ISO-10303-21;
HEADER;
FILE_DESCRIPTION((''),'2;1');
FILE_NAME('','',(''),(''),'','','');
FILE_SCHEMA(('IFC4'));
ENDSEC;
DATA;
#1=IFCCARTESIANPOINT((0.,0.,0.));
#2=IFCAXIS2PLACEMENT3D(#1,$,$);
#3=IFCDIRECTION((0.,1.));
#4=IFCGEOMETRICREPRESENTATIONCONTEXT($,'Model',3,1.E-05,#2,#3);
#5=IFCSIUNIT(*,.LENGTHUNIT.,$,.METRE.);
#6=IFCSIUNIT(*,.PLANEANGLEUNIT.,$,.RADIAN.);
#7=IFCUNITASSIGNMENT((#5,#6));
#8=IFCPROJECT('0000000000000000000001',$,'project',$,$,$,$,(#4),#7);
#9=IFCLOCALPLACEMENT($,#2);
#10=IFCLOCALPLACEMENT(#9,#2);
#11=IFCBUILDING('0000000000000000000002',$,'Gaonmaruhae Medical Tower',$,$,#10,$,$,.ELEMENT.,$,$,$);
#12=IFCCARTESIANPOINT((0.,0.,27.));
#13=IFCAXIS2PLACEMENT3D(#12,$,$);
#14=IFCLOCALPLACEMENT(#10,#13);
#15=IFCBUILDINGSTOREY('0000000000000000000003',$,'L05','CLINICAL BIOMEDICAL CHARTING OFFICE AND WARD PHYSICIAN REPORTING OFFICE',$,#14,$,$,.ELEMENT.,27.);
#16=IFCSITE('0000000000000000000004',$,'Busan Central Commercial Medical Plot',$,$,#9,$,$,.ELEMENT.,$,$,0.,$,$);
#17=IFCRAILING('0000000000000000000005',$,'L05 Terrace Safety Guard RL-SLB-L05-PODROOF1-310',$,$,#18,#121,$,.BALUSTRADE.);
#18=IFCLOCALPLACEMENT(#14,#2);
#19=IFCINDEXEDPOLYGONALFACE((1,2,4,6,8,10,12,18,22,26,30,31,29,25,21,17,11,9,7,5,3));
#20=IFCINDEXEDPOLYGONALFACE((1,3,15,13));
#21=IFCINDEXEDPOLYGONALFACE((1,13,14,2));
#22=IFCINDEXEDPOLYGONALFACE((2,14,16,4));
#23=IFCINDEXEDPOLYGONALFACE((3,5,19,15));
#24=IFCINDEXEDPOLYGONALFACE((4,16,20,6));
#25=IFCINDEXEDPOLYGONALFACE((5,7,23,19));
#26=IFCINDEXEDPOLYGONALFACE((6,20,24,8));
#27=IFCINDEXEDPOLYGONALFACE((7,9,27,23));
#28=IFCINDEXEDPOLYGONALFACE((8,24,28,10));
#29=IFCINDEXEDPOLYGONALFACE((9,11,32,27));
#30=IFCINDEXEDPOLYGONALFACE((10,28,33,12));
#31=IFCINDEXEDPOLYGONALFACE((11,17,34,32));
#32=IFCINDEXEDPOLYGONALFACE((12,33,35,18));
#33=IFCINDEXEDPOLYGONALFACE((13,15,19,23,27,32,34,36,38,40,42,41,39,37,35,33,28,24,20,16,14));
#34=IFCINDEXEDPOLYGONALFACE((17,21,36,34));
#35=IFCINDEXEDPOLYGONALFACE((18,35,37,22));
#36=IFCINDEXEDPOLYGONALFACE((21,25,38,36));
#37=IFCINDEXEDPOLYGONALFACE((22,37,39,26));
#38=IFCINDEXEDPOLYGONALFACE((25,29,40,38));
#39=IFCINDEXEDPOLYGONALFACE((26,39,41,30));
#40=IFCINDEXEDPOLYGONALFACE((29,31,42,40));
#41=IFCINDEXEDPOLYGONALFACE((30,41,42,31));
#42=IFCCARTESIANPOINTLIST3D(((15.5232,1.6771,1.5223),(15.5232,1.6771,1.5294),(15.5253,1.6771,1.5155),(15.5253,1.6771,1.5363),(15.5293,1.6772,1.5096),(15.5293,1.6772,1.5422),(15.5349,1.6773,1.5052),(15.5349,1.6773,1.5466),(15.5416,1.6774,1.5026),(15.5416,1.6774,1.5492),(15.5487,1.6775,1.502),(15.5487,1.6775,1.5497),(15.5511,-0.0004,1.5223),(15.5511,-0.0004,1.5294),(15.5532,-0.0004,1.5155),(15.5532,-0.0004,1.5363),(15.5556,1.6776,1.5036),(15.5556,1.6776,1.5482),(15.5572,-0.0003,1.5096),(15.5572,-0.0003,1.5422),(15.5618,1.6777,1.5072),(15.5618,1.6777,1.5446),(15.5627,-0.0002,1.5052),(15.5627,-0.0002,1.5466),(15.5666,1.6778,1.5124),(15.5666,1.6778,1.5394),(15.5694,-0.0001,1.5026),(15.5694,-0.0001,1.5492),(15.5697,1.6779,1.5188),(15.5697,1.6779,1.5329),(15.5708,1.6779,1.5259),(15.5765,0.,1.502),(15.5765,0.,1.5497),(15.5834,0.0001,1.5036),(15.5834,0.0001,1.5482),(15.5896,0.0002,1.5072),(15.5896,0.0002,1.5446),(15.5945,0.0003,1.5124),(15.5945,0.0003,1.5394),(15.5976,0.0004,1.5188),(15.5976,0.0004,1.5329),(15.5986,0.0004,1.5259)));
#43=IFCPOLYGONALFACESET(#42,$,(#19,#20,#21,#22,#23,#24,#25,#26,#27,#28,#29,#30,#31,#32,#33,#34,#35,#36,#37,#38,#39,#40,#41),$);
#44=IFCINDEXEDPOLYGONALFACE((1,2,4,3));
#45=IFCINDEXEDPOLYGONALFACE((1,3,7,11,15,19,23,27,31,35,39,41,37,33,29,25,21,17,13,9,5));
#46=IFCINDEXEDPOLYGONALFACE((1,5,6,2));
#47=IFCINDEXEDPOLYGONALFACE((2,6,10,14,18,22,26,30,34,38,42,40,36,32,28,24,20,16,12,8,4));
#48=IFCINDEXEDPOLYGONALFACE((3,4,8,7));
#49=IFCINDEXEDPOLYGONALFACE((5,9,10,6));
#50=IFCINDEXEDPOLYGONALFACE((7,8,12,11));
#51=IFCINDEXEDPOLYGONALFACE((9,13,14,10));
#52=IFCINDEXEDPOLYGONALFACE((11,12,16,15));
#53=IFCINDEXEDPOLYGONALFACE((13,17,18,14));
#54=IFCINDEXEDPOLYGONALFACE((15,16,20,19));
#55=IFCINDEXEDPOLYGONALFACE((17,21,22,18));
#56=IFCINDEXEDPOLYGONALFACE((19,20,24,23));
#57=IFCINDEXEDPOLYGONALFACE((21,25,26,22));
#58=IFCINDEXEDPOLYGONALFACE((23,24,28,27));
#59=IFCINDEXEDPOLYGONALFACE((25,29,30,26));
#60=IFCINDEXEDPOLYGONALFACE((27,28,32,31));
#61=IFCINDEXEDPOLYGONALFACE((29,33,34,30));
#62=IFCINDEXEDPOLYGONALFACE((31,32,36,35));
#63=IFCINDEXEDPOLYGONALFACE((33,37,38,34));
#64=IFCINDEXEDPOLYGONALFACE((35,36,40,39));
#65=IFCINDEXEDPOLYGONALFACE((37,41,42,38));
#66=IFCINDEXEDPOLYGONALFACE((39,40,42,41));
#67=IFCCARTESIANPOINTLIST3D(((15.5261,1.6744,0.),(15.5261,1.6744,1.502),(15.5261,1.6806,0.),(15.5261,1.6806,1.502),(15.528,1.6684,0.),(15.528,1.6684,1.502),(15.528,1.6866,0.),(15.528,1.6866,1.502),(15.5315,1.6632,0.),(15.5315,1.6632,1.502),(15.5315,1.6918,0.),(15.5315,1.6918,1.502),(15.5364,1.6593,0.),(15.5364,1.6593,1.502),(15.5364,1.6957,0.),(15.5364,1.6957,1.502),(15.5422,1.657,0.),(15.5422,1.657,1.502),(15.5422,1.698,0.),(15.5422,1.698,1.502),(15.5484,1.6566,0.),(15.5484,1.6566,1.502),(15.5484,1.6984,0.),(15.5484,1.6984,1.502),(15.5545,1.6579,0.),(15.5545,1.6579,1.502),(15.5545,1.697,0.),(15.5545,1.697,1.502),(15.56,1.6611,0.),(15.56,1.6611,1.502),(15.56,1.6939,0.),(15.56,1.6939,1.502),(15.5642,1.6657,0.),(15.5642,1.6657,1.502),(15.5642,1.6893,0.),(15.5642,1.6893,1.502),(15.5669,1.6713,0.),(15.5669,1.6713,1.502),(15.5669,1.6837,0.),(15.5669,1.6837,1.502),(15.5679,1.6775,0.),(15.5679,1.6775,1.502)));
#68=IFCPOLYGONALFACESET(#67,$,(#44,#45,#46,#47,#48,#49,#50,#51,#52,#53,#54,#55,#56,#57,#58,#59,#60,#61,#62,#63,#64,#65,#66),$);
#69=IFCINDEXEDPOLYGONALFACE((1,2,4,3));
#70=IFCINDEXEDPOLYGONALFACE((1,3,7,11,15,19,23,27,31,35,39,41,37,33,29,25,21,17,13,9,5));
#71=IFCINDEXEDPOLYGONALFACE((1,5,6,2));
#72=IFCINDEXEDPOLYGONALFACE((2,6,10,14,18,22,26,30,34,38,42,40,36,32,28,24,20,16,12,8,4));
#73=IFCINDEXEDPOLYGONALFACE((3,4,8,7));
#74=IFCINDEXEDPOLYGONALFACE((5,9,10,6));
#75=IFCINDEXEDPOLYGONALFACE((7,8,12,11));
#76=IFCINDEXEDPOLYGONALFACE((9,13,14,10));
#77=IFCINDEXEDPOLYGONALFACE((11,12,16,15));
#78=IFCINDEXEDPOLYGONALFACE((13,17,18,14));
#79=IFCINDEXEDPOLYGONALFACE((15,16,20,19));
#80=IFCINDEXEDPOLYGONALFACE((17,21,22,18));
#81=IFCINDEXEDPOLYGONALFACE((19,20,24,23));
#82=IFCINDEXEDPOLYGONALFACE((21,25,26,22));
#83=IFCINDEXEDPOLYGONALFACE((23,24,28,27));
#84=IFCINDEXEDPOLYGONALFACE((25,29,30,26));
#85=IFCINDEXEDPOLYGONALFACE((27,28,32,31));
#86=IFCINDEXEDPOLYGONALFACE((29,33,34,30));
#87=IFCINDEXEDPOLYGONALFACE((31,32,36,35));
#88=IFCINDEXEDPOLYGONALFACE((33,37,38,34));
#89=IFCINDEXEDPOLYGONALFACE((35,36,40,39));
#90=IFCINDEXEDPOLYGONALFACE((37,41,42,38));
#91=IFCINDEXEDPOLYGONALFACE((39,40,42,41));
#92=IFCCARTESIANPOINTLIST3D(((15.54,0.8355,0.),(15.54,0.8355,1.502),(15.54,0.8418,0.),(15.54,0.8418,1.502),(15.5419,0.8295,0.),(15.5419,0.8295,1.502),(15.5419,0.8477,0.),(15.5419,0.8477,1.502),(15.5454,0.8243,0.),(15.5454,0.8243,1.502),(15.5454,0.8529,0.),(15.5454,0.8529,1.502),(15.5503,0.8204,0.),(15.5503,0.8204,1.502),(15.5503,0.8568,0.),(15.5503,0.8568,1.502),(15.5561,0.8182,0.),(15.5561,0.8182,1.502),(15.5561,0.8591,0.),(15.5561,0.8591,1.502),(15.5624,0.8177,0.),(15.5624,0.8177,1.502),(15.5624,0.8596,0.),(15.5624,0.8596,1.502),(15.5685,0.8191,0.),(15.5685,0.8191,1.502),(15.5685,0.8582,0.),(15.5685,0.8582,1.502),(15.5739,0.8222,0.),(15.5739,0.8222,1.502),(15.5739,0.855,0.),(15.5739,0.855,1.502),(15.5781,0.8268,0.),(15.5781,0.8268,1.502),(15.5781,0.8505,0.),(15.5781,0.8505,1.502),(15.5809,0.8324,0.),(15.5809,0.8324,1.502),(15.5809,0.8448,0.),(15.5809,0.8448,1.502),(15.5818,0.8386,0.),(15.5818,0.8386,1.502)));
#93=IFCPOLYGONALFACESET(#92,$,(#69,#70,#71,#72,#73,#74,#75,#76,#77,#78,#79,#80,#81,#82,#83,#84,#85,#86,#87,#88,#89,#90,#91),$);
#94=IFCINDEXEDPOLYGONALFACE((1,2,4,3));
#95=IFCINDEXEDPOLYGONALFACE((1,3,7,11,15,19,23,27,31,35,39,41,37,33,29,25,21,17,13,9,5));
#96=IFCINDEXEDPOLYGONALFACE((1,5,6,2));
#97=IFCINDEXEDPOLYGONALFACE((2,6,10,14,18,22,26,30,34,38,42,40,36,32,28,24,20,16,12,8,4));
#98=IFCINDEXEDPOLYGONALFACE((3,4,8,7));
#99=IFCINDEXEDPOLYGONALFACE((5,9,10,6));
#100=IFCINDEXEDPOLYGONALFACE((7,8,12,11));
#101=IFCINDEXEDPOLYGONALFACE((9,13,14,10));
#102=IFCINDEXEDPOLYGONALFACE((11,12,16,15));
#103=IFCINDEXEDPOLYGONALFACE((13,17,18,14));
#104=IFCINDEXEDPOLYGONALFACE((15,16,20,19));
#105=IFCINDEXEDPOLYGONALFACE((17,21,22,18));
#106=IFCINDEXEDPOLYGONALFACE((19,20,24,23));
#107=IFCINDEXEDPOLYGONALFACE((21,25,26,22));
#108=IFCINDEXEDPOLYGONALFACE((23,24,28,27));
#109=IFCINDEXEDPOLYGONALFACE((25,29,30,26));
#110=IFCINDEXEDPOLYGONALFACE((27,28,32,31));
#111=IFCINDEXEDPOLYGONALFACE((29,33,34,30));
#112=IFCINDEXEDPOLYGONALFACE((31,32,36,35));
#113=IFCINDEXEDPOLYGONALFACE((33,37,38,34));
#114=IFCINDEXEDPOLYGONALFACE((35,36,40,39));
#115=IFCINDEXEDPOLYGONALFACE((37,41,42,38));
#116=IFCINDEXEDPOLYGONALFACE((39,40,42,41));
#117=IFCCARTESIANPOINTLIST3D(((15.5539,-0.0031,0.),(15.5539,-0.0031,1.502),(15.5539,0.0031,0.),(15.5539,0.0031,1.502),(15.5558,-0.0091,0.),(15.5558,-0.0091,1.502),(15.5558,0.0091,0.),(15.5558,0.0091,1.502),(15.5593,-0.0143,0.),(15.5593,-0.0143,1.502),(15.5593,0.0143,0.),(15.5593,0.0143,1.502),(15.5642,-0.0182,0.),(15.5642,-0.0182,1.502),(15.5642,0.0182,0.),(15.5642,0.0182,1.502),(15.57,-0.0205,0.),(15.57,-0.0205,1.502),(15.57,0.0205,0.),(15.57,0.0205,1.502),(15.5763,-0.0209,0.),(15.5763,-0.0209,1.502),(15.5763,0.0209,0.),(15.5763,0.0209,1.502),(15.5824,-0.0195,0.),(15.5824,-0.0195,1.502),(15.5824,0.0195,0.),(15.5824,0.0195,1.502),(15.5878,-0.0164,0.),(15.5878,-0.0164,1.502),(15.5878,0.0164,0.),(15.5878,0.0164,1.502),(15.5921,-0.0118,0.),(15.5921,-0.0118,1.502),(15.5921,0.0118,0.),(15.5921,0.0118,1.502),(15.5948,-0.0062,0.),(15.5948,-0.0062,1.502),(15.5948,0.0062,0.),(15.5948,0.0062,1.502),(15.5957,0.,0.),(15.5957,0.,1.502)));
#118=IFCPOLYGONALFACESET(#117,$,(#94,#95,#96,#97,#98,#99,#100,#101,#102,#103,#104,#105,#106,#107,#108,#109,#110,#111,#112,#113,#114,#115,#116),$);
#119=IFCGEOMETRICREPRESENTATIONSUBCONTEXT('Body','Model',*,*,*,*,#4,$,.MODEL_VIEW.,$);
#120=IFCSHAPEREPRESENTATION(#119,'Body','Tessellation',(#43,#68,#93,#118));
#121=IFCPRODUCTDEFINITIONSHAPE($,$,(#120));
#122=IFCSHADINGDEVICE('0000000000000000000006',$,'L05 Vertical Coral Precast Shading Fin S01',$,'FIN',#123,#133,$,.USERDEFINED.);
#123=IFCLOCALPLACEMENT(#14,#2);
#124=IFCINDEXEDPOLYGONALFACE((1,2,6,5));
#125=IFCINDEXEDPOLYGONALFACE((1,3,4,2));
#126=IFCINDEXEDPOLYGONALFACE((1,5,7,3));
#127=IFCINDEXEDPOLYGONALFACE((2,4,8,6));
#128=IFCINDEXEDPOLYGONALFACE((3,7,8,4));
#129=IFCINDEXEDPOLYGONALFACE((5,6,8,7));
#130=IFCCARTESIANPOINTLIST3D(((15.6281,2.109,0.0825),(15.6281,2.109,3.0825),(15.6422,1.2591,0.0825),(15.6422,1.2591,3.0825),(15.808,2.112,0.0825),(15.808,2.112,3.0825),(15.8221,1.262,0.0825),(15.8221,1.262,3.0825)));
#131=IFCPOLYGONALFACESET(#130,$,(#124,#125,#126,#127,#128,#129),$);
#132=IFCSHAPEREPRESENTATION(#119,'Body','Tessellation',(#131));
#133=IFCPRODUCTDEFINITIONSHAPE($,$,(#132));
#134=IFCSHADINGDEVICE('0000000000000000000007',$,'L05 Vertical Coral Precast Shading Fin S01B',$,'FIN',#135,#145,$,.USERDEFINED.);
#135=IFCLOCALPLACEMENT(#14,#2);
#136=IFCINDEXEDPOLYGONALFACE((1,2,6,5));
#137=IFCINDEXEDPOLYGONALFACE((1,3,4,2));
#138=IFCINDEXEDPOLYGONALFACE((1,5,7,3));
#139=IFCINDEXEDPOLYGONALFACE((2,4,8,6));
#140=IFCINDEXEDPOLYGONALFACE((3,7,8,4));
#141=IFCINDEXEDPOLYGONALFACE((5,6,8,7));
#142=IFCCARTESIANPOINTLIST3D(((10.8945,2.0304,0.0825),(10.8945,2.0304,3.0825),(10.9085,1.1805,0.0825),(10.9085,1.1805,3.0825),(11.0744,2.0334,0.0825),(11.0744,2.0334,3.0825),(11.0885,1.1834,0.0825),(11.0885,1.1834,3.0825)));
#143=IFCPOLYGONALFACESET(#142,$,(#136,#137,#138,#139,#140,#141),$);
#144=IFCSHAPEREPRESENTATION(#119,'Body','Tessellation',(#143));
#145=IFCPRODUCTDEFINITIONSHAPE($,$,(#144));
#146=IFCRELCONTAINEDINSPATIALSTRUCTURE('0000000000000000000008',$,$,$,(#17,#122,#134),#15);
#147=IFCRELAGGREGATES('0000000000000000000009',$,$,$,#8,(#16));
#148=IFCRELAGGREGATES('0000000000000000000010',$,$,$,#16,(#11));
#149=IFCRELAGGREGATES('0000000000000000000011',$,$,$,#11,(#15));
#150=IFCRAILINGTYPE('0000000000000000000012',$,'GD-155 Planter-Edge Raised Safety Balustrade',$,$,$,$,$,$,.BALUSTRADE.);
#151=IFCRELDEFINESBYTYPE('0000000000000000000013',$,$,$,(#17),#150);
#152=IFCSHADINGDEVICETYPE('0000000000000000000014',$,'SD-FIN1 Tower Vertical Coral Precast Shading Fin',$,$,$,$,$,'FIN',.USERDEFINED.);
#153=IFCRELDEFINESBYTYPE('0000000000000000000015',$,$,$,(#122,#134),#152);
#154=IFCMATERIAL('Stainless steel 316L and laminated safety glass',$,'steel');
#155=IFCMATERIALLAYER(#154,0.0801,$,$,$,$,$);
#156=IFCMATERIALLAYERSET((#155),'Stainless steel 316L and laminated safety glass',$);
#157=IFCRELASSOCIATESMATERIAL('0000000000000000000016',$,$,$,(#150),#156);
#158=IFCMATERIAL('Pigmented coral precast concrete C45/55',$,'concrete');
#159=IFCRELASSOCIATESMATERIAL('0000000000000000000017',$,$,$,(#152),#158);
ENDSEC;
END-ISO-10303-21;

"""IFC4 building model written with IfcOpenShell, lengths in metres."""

from ifc_helpers import new_model, si_unit, direction, frame, origin, origin_2d, place, context, subcontext, project, spatial, rectangle, circle, extrude, material, layer, layer_set, type_object, element, save


model = new_model("IFC4")

# Units and contexts
model_context = context("Model", 3, precision=1e-05, world=origin(), true_north=direction((0.0, 1.0)))
body_context = subcontext(model_context, "Body", "Model", "MODEL_VIEW")
ifc_project = project(units=[si_unit("LENGTHUNIT", "METRE"), si_unit("PLANEANGLEUNIT", "RADIAN")], contexts=[model_context])

# Site, building, storey
site_placement = place(None, origin())
site = spatial("IfcSite", under=ifc_project, at=site_placement, Name="Busan Central Commercial Medical Plot", CompositionType="ELEMENT", RefElevation=0.0)
building_placement = place(site_placement, origin())
building = spatial("IfcBuilding", under=site, at=building_placement, Name="Gaonmaruhae Medical Tower", CompositionType="ELEMENT")
storey_placement = place(building_placement, frame((0.0, 0.0, 27.0)))
storey = spatial("IfcBuildingStorey", under=building, at=storey_placement, Name="L05", Description="CLINICAL BIOMEDICAL CHARTING OFFICE AND WARD PHYSICIAN REPORTING OFFICE", CompositionType="ELEMENT", Elevation=27.0)

# Railing
ifc_material_1 = material(Name="Stainless steel 316L and laminated safety glass", Category="steel")
ifc_layer_1 = layer(ifc_material_1, 0.0801)
ifc_layer_set_1 = layer_set([ifc_layer_1], Name="Stainless steel 316L and laminated safety glass")
railing_type_1 = type_object("IfcRailingType", Name="GD-155 Planter-Edge Raised Safety Balustrade", PredefinedType="BALUSTRADE", material=ifc_layer_set_1)
railing_1_placement = place(storey_placement, frame((15.5469, 1.6775, 0.0)))
element("IfcRailing", 1, at=railing_1_placement, inside=storey, type_object=railing_type_1, Name="L05 Terrace Safety Guard RL-SLB-L05-PODROOF1-310", PredefinedType="BALUSTRADE", context=body_context, shape_type="SweptSolid", body=[
    extrude(circle(Radius=0.0239, at=origin_2d()), frame((0.0, 0.0, 1.5259), z_axis=(0.016589, -0.999862, 0.0), x_axis=(0.999862, 0.016589, 0.0)), (0.0, 0.0, 1.0), 1.6777),
    extrude(circle(Radius=0.021, at=origin_2d()), origin(), (0.0, 0.0, 1.0), 1.502),
    extrude(circle(Radius=0.021, at=origin_2d()), frame((0.0139, -0.8389, 0.0)), (0.0, 0.0, 1.0), 1.502),
    extrude(circle(Radius=0.021, at=origin_2d()), frame((0.0278, -1.6775, 0.0)), (0.0, 0.0, 1.0), 1.502),
])

# Shading devices
ifc_material_2 = material(Name="Pigmented coral precast concrete C45/55", Category="concrete")
shading_device_type = type_object("IfcShadingDeviceType", Name="SD-FIN1 Tower Vertical Coral Precast Shading Fin", ElementType="FIN", PredefinedType="USERDEFINED", material=ifc_material_2)
for number, where, z_axis, x_axis, name in (
    (2, (15.7251, 1.6855, 0.0825), (0.0, 0.0, 1.0), (-0.999863, -0.01658, 0.0), "L05 Vertical Coral Precast Shading Fin S01"),
    (3, (10.9915, 1.6069, 0.0825), (0.0, 0.0, 1.0), (-0.999863, -0.01658, 0.0), "L05 Vertical Coral Precast Shading Fin S01B"),
):
    element("IfcShadingDevice", number, at=place(storey_placement, frame(where, z_axis=z_axis, x_axis=x_axis)), inside=storey, type_object=shading_device_type, Name=name, ObjectType="FIN", PredefinedType="USERDEFINED", context=body_context, shape_type="SweptSolid", body=[
        extrude(rectangle(XDim=0.1799, YDim=0.8501, at=origin_2d()), origin(), (0.0, 0.0, 1.0), 3.0),
    ])

save(model, "model.ifc")
